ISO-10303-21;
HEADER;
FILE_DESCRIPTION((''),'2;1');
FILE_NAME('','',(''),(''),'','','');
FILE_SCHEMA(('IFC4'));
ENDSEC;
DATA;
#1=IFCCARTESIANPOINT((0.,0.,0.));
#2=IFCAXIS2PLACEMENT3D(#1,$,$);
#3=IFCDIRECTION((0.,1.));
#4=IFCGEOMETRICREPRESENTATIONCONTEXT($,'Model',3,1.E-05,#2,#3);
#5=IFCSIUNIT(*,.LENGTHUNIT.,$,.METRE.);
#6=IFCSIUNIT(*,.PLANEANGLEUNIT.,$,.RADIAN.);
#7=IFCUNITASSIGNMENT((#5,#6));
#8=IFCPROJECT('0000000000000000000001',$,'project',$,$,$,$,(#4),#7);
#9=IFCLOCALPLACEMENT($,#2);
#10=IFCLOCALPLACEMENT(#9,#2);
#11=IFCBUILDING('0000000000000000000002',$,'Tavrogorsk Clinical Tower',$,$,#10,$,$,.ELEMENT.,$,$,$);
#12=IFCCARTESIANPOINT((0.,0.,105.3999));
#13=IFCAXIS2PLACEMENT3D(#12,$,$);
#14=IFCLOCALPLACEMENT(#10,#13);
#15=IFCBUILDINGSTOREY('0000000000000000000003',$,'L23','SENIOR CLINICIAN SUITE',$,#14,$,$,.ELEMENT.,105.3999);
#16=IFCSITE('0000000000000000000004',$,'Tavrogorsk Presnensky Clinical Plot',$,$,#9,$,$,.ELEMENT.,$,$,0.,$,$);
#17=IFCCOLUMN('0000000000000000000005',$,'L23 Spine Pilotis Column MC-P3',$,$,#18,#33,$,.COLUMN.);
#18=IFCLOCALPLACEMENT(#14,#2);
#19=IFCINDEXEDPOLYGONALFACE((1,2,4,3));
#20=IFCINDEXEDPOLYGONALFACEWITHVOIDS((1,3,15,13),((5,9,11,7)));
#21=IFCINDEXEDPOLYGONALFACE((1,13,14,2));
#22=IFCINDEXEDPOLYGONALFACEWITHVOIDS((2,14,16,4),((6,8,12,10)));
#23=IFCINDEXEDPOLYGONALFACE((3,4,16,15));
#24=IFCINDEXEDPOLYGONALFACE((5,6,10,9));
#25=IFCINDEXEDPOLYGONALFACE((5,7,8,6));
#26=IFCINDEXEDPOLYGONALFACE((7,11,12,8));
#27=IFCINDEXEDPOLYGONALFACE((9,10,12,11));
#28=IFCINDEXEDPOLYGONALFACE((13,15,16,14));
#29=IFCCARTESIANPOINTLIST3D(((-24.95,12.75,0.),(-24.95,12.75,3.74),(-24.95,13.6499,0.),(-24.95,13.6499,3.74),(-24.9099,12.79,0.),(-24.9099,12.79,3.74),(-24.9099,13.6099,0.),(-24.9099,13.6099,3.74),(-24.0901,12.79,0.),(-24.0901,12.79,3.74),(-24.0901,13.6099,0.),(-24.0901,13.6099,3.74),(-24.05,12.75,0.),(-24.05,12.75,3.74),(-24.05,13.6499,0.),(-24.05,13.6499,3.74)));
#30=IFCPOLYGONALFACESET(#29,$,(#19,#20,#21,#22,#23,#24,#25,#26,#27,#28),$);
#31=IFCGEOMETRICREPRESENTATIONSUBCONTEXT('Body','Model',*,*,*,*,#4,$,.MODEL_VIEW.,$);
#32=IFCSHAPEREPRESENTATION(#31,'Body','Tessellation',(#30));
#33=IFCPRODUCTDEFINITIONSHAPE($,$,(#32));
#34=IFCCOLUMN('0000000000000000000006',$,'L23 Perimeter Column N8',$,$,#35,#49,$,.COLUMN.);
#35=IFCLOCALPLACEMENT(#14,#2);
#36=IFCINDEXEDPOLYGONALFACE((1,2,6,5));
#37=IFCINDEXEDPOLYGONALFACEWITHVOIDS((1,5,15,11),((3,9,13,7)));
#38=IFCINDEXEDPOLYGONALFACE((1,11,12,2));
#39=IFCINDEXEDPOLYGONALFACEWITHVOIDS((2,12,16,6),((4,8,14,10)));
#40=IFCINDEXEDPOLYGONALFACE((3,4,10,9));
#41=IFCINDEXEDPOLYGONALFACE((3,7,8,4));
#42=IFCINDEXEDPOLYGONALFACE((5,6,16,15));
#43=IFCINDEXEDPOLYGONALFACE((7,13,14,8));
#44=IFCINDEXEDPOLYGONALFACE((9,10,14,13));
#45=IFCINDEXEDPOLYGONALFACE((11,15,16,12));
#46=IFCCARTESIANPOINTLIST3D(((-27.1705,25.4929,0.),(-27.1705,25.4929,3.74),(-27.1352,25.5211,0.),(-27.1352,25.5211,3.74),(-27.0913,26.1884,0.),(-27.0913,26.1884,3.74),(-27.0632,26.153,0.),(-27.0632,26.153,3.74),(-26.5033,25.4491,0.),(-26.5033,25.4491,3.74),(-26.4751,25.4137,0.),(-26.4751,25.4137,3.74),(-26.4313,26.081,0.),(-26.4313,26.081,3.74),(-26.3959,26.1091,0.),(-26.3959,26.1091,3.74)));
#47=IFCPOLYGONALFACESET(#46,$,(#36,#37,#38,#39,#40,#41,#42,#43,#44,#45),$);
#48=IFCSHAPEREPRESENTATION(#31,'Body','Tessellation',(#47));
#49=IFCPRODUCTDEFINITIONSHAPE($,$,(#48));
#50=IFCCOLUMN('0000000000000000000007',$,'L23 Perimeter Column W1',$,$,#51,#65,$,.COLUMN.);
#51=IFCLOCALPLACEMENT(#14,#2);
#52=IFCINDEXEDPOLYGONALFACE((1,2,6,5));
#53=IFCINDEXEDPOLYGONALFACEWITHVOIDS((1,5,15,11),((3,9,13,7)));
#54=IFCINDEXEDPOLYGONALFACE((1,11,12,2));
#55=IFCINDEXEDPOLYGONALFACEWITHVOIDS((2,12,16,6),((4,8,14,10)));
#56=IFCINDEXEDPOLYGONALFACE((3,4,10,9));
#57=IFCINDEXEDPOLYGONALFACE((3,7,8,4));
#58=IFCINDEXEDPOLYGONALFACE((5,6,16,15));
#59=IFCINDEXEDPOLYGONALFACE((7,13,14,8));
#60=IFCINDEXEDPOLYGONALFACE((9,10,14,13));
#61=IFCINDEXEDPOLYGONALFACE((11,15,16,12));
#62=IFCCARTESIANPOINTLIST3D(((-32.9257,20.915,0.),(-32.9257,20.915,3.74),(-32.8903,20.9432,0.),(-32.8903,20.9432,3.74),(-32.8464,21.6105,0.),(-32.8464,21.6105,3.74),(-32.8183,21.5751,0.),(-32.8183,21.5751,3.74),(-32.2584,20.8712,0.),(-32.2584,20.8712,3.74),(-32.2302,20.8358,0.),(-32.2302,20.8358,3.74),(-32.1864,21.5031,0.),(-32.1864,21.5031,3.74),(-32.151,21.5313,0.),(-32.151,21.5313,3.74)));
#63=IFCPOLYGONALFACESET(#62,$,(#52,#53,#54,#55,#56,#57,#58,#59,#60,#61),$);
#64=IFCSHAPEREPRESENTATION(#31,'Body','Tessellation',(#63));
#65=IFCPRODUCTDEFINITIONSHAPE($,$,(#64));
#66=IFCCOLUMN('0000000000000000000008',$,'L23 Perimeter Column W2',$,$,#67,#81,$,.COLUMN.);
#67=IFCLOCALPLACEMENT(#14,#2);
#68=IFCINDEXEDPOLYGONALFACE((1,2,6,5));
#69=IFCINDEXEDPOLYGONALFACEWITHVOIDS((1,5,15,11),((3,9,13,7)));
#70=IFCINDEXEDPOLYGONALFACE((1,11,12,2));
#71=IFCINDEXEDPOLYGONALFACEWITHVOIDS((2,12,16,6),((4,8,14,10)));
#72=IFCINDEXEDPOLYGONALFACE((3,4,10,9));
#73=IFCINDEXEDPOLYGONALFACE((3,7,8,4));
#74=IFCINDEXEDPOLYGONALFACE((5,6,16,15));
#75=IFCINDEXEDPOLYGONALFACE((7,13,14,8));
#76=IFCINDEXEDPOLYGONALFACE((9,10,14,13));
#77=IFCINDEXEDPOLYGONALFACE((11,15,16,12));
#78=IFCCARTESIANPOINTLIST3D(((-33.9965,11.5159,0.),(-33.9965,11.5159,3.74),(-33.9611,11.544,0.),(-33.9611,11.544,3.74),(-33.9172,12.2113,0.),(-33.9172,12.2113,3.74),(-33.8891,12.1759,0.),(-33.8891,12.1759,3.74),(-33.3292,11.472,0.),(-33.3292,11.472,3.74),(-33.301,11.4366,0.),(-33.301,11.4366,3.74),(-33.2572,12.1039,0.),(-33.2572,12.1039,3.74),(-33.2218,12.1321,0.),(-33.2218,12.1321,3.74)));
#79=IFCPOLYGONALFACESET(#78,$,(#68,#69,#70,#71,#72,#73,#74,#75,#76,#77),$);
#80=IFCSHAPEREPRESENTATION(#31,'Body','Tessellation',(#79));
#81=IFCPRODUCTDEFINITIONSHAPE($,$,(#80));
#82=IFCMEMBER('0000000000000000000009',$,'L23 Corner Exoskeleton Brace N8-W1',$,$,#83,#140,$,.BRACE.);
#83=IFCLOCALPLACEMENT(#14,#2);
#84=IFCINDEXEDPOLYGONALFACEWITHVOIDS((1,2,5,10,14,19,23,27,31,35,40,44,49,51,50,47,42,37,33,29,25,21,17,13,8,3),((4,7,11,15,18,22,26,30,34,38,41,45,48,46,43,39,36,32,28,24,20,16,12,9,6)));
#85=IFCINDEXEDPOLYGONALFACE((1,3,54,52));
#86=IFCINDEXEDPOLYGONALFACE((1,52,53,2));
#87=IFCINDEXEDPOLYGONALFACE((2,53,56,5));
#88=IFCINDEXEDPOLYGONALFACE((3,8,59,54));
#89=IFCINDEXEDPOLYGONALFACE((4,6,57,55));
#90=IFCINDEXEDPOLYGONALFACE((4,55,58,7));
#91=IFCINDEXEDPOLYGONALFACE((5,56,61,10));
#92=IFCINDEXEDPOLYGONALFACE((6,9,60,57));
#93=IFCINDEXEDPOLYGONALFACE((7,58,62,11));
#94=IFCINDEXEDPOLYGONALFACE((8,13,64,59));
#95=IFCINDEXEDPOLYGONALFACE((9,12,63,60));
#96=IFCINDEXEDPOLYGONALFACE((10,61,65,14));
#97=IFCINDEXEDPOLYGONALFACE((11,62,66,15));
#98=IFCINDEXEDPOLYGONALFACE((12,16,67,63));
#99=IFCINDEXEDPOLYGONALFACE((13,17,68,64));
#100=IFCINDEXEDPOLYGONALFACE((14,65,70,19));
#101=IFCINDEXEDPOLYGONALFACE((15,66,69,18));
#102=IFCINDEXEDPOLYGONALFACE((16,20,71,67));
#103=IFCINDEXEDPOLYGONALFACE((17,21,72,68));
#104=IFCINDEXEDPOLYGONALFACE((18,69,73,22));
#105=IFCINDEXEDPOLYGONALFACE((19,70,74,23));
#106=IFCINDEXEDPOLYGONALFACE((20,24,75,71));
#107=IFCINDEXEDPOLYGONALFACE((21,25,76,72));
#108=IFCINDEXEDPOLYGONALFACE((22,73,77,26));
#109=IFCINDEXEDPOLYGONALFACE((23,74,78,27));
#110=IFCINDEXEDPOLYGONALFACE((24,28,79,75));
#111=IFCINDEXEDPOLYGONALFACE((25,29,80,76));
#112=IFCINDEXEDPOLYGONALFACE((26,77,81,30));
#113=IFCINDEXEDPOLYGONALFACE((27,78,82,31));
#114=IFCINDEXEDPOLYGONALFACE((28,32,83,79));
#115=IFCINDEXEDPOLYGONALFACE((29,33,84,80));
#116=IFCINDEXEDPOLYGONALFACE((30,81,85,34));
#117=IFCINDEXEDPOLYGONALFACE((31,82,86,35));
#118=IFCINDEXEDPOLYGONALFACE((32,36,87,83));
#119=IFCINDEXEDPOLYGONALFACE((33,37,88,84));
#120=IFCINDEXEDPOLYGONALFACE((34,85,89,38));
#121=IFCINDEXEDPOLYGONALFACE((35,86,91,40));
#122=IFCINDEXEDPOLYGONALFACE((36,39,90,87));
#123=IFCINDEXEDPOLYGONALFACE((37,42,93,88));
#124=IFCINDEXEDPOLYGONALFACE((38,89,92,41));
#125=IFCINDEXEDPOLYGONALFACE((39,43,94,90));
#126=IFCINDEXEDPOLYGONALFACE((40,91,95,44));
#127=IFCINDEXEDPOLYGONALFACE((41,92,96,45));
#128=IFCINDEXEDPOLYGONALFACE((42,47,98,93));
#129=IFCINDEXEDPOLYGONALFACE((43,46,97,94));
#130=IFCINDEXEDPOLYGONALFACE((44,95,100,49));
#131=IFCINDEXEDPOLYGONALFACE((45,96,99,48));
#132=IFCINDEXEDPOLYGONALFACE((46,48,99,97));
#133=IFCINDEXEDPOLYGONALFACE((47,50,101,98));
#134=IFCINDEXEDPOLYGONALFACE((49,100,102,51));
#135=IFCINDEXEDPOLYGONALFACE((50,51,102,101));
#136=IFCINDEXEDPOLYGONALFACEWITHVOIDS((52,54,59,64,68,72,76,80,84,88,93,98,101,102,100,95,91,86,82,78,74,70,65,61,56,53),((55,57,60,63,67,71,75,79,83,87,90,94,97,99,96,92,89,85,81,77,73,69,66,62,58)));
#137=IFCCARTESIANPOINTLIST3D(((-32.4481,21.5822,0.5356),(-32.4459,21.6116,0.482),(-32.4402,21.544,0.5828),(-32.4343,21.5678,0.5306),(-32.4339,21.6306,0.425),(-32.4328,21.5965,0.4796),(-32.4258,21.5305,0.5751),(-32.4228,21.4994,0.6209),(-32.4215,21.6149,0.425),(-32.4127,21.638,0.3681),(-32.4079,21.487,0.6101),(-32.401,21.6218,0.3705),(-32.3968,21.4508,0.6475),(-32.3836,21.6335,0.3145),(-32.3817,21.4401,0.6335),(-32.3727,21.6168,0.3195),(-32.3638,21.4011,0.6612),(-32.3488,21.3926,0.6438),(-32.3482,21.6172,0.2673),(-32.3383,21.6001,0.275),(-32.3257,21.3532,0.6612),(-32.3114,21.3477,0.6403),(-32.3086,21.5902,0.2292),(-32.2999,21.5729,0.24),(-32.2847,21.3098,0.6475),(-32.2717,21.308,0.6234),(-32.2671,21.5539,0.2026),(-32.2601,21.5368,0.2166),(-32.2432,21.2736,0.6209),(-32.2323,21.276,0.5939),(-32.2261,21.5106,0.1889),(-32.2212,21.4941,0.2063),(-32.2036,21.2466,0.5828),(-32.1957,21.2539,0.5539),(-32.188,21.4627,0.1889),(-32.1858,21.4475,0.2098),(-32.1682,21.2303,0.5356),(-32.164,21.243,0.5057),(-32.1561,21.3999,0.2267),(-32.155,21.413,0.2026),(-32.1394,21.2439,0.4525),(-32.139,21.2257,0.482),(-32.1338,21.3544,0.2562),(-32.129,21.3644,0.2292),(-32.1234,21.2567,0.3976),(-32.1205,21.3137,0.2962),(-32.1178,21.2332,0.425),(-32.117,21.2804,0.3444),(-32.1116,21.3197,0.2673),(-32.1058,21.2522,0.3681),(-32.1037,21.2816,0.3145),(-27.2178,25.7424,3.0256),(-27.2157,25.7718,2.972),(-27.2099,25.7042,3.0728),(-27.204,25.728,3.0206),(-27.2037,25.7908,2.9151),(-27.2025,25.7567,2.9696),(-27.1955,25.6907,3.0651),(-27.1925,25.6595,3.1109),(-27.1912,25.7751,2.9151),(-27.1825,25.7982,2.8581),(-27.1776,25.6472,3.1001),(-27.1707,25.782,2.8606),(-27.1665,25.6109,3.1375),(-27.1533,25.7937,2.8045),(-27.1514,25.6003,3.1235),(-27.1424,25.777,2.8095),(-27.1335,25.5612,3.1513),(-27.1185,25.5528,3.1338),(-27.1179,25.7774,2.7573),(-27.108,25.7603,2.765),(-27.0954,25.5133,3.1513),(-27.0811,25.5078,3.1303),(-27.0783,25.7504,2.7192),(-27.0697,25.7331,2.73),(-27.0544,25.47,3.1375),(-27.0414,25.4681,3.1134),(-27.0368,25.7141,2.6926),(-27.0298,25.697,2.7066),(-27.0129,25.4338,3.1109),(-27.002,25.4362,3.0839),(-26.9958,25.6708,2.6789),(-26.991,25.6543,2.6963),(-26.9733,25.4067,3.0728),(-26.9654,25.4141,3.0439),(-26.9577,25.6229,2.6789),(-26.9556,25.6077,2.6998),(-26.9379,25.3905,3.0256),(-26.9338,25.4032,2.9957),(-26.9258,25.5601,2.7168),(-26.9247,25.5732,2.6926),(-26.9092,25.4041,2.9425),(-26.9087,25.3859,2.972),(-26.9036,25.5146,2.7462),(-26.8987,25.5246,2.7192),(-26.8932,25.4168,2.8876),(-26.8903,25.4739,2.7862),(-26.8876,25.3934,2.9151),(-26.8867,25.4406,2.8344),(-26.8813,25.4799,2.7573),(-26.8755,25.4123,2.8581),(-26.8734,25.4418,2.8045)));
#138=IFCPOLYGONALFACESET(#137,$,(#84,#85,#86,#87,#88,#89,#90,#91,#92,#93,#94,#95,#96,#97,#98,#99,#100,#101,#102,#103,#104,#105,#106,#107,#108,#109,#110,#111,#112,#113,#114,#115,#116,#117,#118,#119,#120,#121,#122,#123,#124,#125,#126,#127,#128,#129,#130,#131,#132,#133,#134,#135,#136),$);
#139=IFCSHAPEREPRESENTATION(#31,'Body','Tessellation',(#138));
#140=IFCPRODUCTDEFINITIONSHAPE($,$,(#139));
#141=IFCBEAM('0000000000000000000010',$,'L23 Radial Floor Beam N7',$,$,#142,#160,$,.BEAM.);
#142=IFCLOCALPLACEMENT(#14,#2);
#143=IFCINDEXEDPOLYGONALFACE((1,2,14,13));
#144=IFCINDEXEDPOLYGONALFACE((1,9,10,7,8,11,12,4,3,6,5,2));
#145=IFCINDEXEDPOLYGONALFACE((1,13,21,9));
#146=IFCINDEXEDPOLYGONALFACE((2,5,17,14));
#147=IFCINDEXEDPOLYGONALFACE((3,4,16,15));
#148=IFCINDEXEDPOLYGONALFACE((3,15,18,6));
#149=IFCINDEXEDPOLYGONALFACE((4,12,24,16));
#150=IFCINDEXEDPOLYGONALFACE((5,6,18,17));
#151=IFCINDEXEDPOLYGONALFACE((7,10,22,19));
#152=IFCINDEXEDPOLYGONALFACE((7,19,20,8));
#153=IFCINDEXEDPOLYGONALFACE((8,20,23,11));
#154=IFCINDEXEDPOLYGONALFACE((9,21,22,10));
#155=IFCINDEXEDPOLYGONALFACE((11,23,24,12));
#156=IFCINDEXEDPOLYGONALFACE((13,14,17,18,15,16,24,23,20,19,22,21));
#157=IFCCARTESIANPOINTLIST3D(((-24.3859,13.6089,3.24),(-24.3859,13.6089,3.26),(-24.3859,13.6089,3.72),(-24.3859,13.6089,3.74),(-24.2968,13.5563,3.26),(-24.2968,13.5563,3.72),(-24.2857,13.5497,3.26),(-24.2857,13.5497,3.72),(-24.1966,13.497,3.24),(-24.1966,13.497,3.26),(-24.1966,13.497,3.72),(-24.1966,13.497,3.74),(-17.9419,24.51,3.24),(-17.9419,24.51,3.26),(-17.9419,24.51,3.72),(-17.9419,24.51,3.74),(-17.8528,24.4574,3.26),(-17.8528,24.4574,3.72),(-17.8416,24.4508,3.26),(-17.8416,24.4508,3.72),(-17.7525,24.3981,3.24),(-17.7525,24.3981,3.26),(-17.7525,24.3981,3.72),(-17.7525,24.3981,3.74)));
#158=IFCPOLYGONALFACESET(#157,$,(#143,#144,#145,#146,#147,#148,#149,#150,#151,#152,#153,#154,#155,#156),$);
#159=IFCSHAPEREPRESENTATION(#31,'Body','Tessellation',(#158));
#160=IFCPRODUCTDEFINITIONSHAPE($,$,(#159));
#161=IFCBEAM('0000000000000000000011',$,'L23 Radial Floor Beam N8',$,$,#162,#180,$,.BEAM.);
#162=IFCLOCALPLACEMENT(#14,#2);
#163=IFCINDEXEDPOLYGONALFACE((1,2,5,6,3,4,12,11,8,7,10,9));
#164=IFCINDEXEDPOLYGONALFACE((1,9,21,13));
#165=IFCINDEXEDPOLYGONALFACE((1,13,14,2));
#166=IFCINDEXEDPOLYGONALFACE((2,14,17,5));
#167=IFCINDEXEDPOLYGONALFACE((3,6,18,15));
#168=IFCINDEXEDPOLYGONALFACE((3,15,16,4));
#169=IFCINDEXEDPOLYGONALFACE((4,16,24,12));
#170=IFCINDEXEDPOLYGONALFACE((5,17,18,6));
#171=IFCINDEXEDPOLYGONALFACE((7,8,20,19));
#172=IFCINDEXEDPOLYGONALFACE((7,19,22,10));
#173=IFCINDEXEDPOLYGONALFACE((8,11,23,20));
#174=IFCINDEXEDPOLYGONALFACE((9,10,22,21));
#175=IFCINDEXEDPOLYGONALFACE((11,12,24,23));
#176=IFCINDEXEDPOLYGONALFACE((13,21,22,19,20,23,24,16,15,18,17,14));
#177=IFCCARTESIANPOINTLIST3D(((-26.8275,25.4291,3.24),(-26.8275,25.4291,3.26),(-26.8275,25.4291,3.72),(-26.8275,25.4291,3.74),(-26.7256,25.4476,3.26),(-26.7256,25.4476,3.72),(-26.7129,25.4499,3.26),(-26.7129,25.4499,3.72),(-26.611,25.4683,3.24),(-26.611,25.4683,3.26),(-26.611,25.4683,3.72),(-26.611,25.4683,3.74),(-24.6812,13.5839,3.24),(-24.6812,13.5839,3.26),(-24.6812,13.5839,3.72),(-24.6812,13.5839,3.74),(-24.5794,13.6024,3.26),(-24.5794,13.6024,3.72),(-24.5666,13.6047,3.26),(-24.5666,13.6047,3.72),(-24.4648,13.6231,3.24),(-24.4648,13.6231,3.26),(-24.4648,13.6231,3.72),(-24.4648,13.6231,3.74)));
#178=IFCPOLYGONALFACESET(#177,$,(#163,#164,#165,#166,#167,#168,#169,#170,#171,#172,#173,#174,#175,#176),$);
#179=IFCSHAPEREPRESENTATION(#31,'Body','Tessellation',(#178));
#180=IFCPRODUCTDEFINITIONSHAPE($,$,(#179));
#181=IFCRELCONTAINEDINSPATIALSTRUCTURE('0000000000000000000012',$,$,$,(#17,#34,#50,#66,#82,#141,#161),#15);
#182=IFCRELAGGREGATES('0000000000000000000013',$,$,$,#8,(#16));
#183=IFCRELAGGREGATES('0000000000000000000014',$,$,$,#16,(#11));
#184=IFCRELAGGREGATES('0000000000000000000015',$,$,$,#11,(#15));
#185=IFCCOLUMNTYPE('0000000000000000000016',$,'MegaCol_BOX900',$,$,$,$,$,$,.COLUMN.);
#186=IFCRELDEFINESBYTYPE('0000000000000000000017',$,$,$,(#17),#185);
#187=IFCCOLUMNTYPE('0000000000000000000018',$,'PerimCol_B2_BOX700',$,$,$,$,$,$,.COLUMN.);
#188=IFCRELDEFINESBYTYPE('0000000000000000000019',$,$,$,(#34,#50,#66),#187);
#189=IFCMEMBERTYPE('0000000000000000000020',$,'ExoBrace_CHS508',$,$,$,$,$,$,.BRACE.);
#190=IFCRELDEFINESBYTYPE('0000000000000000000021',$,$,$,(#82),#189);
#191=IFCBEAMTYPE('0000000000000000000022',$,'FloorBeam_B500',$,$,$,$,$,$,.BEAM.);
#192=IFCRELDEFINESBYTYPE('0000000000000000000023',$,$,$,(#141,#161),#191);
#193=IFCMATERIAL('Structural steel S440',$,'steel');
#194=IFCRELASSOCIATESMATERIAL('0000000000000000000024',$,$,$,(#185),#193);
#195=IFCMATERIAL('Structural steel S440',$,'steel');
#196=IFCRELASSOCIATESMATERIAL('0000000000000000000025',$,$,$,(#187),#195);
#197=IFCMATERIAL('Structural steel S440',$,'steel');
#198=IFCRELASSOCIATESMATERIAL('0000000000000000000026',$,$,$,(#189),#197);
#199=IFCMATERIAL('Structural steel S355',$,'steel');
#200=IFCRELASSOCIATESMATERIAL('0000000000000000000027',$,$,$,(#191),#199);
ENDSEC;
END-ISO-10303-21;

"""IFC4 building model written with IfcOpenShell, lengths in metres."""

from ifc_helpers import new_model, si_unit, direction, frame, origin, origin_2d, place, context, subcontext, project, spatial, hollow_rectangle, hollow_circle, i_section, extrude, material, material_profile, profile_set, type_object, element, save


model = new_model("IFC4")

# Units and contexts
model_context = context("Model", 3, precision=1e-05, world=origin(), true_north=direction((0.0, 1.0)))
body_context = subcontext(model_context, "Body", "Model", "MODEL_VIEW")
ifc_project = project(units=[si_unit("LENGTHUNIT", "METRE"), si_unit("PLANEANGLEUNIT", "RADIAN")], contexts=[model_context])

# Site, building, storey
site_placement = place(None, origin())
site = spatial("IfcSite", under=ifc_project, at=site_placement, Name="Tavrogorsk Presnensky Clinical Plot", CompositionType="ELEMENT", RefElevation=0.0)
building_placement = place(site_placement, origin())
building = spatial("IfcBuilding", under=site, at=building_placement, Name="Tavrogorsk Clinical Tower", CompositionType="ELEMENT")
storey_placement = place(building_placement, frame((0.0, 0.0, 105.3999)))
storey = spatial("IfcBuildingStorey", under=building, at=storey_placement, Name="L23", Description="SENIOR CLINICIAN SUITE", CompositionType="ELEMENT", Elevation=105.3999)

# Columns
ifc_material_1 = material(Name="Structural steel S440", Category="steel")
ifc_material_profile_1 = material_profile(ifc_material_1, hollow_rectangle(XDim=0.8999, YDim=0.8999, WallThickness=0.04, at=origin_2d()), Name="BOX-900x900x40")
ifc_profile_set_1 = profile_set([ifc_material_profile_1], Name="Structural steel S440")
column_type_1 = type_object("IfcColumnType", Name="MegaCol_BOX900", PredefinedType="COLUMN", material=ifc_profile_set_1)
column_placement = place(storey_placement, frame((-24.5, 13.2, 0.0), z_axis=(0.0, 0.0, 1.0), x_axis=(1.0, 0.0, 0.0)))
element("IfcColumn", 1, at=column_placement, inside=storey, type_object=column_type_1, Name="L23 Spine Pilotis Column MC-P3", PredefinedType="COLUMN", context=body_context, shape_type="SweptSolid", body=[
    extrude(hollow_rectangle(XDim=0.8999, YDim=0.8999, WallThickness=0.04, at=origin_2d()), origin(), (0.0, 0.0, 1.0), 3.74),
])
ifc_material_2 = material(Name="Structural steel S440", Category="steel")
ifc_material_profile_2 = material_profile(ifc_material_2, hollow_rectangle(XDim=0.7, YDim=0.7, WallThickness=0.032, at=origin_2d()), Name="BOX-700x700x32")
ifc_profile_set_2 = profile_set([ifc_material_profile_2], Name="Structural steel S440")
column_type_2 = type_object("IfcColumnType", Name="PerimCol_B2_BOX700", PredefinedType="COLUMN", material=ifc_profile_set_2)
for number, where, z_axis, x_axis, name in (
    (2, (-26.7832, 25.801, 0.0), (0.0, 0.0, 1.0), (0.993572, -0.113203, 0.0), "L23 Perimeter Column N8"),
    (3, (-32.5383, 21.2231, 0.0), (0.0, 0.0, 1.0), (0.993572, -0.113203, 0.0), "L23 Perimeter Column W1"),
    (4, (-33.6091, 11.824, 0.0), (0.0, 0.0, 1.0), (0.993572, -0.113203, 0.0), "L23 Perimeter Column W2"),
):
    element("IfcColumn", number, at=place(storey_placement, frame(where, z_axis=z_axis, x_axis=x_axis)), inside=storey, type_object=column_type_2, Name=name, PredefinedType="COLUMN", context=body_context, shape_type="SweptSolid", body=[
        extrude(hollow_rectangle(XDim=0.7, YDim=0.7, WallThickness=0.032, at=origin_2d()), origin(), (0.0, 0.0, 1.0), 3.74),
    ])

# Member
ifc_material_3 = material(Name="Structural steel S440", Category="steel")
ifc_material_profile_3 = material_profile(ifc_material_3, hollow_circle(Radius=0.2539, WallThickness=0.02, at=origin_2d()), Name="CHS-508x20")
ifc_profile_set_3 = profile_set([ifc_material_profile_3], Name="Structural steel S440")
member_type_1 = type_object("IfcMemberType", Name="ExoBrace_CHS508", PredefinedType="BRACE", material=ifc_profile_set_3)
member_1_placement = place(storey_placement, frame((-32.2759, 21.4319, 0.425), z_axis=(0.733369, 0.583327, 0.34914), x_axis=(-0.622501, 0.782619, 0.0)))
element("IfcMember", 5, at=member_1_placement, inside=storey, type_object=member_type_1, Name="L23 Corner Exoskeleton Brace N8-W1", PredefinedType="BRACE", context=body_context, shape_type="SweptSolid", body=[
    extrude(hollow_circle(Radius=0.2539, WallThickness=0.02, at=origin_2d()), origin(), (0.0, 0.0, 1.0), 7.1318),
])

# Beams
ifc_material_4 = material(Name="Structural steel S355", Category="steel")
ifc_material_profile_4 = material_profile(ifc_material_4, i_section(OverallWidth=0.22, OverallDepth=0.5, WebThickness=0.0129, FlangeThickness=0.02, at=origin_2d()), Name="B-500x220x13x20")
ifc_profile_set_4 = profile_set([ifc_material_profile_4], Name="Structural steel S355")
beam_type_1 = type_object("IfcBeamType", Name="FloorBeam_B500", PredefinedType="BEAM", material=ifc_profile_set_4)
beam_1_placement = place(storey_placement, frame((-24.2913, 13.553, 3.49), z_axis=(0.508877, 0.860839, 0.0), x_axis=(-0.860839, 0.508877, 0.0)))
element("IfcBeam", 6, at=beam_1_placement, inside=storey, type_object=beam_type_1, Name="L23 Radial Floor Beam N7", PredefinedType="BEAM", context=body_context, shape_type="SweptSolid", body=[
    extrude(i_section(OverallWidth=0.22, OverallDepth=0.5, WebThickness=0.0129, FlangeThickness=0.02, at=origin_2d()), origin(), (0.0, 0.0, 1.0), 12.6633),
])
beam_2_placement = place(storey_placement, frame((-24.573, 13.6035, 3.49), z_axis=(-0.178288, 0.983978, 0.0), x_axis=(-0.983978, -0.178288, 0.0)))
element("IfcBeam", 7, at=beam_2_placement, inside=storey, type_object=beam_type_1, Name="L23 Radial Floor Beam N8", PredefinedType="BEAM", context=body_context, shape_type="SweptSolid", body=[
    extrude(i_section(OverallWidth=0.22, OverallDepth=0.5, WebThickness=0.0129, FlangeThickness=0.02, at=origin_2d()), origin(), (0.0, 0.0, 1.0), 12.0381),
])

save(model, "model.ifc")
